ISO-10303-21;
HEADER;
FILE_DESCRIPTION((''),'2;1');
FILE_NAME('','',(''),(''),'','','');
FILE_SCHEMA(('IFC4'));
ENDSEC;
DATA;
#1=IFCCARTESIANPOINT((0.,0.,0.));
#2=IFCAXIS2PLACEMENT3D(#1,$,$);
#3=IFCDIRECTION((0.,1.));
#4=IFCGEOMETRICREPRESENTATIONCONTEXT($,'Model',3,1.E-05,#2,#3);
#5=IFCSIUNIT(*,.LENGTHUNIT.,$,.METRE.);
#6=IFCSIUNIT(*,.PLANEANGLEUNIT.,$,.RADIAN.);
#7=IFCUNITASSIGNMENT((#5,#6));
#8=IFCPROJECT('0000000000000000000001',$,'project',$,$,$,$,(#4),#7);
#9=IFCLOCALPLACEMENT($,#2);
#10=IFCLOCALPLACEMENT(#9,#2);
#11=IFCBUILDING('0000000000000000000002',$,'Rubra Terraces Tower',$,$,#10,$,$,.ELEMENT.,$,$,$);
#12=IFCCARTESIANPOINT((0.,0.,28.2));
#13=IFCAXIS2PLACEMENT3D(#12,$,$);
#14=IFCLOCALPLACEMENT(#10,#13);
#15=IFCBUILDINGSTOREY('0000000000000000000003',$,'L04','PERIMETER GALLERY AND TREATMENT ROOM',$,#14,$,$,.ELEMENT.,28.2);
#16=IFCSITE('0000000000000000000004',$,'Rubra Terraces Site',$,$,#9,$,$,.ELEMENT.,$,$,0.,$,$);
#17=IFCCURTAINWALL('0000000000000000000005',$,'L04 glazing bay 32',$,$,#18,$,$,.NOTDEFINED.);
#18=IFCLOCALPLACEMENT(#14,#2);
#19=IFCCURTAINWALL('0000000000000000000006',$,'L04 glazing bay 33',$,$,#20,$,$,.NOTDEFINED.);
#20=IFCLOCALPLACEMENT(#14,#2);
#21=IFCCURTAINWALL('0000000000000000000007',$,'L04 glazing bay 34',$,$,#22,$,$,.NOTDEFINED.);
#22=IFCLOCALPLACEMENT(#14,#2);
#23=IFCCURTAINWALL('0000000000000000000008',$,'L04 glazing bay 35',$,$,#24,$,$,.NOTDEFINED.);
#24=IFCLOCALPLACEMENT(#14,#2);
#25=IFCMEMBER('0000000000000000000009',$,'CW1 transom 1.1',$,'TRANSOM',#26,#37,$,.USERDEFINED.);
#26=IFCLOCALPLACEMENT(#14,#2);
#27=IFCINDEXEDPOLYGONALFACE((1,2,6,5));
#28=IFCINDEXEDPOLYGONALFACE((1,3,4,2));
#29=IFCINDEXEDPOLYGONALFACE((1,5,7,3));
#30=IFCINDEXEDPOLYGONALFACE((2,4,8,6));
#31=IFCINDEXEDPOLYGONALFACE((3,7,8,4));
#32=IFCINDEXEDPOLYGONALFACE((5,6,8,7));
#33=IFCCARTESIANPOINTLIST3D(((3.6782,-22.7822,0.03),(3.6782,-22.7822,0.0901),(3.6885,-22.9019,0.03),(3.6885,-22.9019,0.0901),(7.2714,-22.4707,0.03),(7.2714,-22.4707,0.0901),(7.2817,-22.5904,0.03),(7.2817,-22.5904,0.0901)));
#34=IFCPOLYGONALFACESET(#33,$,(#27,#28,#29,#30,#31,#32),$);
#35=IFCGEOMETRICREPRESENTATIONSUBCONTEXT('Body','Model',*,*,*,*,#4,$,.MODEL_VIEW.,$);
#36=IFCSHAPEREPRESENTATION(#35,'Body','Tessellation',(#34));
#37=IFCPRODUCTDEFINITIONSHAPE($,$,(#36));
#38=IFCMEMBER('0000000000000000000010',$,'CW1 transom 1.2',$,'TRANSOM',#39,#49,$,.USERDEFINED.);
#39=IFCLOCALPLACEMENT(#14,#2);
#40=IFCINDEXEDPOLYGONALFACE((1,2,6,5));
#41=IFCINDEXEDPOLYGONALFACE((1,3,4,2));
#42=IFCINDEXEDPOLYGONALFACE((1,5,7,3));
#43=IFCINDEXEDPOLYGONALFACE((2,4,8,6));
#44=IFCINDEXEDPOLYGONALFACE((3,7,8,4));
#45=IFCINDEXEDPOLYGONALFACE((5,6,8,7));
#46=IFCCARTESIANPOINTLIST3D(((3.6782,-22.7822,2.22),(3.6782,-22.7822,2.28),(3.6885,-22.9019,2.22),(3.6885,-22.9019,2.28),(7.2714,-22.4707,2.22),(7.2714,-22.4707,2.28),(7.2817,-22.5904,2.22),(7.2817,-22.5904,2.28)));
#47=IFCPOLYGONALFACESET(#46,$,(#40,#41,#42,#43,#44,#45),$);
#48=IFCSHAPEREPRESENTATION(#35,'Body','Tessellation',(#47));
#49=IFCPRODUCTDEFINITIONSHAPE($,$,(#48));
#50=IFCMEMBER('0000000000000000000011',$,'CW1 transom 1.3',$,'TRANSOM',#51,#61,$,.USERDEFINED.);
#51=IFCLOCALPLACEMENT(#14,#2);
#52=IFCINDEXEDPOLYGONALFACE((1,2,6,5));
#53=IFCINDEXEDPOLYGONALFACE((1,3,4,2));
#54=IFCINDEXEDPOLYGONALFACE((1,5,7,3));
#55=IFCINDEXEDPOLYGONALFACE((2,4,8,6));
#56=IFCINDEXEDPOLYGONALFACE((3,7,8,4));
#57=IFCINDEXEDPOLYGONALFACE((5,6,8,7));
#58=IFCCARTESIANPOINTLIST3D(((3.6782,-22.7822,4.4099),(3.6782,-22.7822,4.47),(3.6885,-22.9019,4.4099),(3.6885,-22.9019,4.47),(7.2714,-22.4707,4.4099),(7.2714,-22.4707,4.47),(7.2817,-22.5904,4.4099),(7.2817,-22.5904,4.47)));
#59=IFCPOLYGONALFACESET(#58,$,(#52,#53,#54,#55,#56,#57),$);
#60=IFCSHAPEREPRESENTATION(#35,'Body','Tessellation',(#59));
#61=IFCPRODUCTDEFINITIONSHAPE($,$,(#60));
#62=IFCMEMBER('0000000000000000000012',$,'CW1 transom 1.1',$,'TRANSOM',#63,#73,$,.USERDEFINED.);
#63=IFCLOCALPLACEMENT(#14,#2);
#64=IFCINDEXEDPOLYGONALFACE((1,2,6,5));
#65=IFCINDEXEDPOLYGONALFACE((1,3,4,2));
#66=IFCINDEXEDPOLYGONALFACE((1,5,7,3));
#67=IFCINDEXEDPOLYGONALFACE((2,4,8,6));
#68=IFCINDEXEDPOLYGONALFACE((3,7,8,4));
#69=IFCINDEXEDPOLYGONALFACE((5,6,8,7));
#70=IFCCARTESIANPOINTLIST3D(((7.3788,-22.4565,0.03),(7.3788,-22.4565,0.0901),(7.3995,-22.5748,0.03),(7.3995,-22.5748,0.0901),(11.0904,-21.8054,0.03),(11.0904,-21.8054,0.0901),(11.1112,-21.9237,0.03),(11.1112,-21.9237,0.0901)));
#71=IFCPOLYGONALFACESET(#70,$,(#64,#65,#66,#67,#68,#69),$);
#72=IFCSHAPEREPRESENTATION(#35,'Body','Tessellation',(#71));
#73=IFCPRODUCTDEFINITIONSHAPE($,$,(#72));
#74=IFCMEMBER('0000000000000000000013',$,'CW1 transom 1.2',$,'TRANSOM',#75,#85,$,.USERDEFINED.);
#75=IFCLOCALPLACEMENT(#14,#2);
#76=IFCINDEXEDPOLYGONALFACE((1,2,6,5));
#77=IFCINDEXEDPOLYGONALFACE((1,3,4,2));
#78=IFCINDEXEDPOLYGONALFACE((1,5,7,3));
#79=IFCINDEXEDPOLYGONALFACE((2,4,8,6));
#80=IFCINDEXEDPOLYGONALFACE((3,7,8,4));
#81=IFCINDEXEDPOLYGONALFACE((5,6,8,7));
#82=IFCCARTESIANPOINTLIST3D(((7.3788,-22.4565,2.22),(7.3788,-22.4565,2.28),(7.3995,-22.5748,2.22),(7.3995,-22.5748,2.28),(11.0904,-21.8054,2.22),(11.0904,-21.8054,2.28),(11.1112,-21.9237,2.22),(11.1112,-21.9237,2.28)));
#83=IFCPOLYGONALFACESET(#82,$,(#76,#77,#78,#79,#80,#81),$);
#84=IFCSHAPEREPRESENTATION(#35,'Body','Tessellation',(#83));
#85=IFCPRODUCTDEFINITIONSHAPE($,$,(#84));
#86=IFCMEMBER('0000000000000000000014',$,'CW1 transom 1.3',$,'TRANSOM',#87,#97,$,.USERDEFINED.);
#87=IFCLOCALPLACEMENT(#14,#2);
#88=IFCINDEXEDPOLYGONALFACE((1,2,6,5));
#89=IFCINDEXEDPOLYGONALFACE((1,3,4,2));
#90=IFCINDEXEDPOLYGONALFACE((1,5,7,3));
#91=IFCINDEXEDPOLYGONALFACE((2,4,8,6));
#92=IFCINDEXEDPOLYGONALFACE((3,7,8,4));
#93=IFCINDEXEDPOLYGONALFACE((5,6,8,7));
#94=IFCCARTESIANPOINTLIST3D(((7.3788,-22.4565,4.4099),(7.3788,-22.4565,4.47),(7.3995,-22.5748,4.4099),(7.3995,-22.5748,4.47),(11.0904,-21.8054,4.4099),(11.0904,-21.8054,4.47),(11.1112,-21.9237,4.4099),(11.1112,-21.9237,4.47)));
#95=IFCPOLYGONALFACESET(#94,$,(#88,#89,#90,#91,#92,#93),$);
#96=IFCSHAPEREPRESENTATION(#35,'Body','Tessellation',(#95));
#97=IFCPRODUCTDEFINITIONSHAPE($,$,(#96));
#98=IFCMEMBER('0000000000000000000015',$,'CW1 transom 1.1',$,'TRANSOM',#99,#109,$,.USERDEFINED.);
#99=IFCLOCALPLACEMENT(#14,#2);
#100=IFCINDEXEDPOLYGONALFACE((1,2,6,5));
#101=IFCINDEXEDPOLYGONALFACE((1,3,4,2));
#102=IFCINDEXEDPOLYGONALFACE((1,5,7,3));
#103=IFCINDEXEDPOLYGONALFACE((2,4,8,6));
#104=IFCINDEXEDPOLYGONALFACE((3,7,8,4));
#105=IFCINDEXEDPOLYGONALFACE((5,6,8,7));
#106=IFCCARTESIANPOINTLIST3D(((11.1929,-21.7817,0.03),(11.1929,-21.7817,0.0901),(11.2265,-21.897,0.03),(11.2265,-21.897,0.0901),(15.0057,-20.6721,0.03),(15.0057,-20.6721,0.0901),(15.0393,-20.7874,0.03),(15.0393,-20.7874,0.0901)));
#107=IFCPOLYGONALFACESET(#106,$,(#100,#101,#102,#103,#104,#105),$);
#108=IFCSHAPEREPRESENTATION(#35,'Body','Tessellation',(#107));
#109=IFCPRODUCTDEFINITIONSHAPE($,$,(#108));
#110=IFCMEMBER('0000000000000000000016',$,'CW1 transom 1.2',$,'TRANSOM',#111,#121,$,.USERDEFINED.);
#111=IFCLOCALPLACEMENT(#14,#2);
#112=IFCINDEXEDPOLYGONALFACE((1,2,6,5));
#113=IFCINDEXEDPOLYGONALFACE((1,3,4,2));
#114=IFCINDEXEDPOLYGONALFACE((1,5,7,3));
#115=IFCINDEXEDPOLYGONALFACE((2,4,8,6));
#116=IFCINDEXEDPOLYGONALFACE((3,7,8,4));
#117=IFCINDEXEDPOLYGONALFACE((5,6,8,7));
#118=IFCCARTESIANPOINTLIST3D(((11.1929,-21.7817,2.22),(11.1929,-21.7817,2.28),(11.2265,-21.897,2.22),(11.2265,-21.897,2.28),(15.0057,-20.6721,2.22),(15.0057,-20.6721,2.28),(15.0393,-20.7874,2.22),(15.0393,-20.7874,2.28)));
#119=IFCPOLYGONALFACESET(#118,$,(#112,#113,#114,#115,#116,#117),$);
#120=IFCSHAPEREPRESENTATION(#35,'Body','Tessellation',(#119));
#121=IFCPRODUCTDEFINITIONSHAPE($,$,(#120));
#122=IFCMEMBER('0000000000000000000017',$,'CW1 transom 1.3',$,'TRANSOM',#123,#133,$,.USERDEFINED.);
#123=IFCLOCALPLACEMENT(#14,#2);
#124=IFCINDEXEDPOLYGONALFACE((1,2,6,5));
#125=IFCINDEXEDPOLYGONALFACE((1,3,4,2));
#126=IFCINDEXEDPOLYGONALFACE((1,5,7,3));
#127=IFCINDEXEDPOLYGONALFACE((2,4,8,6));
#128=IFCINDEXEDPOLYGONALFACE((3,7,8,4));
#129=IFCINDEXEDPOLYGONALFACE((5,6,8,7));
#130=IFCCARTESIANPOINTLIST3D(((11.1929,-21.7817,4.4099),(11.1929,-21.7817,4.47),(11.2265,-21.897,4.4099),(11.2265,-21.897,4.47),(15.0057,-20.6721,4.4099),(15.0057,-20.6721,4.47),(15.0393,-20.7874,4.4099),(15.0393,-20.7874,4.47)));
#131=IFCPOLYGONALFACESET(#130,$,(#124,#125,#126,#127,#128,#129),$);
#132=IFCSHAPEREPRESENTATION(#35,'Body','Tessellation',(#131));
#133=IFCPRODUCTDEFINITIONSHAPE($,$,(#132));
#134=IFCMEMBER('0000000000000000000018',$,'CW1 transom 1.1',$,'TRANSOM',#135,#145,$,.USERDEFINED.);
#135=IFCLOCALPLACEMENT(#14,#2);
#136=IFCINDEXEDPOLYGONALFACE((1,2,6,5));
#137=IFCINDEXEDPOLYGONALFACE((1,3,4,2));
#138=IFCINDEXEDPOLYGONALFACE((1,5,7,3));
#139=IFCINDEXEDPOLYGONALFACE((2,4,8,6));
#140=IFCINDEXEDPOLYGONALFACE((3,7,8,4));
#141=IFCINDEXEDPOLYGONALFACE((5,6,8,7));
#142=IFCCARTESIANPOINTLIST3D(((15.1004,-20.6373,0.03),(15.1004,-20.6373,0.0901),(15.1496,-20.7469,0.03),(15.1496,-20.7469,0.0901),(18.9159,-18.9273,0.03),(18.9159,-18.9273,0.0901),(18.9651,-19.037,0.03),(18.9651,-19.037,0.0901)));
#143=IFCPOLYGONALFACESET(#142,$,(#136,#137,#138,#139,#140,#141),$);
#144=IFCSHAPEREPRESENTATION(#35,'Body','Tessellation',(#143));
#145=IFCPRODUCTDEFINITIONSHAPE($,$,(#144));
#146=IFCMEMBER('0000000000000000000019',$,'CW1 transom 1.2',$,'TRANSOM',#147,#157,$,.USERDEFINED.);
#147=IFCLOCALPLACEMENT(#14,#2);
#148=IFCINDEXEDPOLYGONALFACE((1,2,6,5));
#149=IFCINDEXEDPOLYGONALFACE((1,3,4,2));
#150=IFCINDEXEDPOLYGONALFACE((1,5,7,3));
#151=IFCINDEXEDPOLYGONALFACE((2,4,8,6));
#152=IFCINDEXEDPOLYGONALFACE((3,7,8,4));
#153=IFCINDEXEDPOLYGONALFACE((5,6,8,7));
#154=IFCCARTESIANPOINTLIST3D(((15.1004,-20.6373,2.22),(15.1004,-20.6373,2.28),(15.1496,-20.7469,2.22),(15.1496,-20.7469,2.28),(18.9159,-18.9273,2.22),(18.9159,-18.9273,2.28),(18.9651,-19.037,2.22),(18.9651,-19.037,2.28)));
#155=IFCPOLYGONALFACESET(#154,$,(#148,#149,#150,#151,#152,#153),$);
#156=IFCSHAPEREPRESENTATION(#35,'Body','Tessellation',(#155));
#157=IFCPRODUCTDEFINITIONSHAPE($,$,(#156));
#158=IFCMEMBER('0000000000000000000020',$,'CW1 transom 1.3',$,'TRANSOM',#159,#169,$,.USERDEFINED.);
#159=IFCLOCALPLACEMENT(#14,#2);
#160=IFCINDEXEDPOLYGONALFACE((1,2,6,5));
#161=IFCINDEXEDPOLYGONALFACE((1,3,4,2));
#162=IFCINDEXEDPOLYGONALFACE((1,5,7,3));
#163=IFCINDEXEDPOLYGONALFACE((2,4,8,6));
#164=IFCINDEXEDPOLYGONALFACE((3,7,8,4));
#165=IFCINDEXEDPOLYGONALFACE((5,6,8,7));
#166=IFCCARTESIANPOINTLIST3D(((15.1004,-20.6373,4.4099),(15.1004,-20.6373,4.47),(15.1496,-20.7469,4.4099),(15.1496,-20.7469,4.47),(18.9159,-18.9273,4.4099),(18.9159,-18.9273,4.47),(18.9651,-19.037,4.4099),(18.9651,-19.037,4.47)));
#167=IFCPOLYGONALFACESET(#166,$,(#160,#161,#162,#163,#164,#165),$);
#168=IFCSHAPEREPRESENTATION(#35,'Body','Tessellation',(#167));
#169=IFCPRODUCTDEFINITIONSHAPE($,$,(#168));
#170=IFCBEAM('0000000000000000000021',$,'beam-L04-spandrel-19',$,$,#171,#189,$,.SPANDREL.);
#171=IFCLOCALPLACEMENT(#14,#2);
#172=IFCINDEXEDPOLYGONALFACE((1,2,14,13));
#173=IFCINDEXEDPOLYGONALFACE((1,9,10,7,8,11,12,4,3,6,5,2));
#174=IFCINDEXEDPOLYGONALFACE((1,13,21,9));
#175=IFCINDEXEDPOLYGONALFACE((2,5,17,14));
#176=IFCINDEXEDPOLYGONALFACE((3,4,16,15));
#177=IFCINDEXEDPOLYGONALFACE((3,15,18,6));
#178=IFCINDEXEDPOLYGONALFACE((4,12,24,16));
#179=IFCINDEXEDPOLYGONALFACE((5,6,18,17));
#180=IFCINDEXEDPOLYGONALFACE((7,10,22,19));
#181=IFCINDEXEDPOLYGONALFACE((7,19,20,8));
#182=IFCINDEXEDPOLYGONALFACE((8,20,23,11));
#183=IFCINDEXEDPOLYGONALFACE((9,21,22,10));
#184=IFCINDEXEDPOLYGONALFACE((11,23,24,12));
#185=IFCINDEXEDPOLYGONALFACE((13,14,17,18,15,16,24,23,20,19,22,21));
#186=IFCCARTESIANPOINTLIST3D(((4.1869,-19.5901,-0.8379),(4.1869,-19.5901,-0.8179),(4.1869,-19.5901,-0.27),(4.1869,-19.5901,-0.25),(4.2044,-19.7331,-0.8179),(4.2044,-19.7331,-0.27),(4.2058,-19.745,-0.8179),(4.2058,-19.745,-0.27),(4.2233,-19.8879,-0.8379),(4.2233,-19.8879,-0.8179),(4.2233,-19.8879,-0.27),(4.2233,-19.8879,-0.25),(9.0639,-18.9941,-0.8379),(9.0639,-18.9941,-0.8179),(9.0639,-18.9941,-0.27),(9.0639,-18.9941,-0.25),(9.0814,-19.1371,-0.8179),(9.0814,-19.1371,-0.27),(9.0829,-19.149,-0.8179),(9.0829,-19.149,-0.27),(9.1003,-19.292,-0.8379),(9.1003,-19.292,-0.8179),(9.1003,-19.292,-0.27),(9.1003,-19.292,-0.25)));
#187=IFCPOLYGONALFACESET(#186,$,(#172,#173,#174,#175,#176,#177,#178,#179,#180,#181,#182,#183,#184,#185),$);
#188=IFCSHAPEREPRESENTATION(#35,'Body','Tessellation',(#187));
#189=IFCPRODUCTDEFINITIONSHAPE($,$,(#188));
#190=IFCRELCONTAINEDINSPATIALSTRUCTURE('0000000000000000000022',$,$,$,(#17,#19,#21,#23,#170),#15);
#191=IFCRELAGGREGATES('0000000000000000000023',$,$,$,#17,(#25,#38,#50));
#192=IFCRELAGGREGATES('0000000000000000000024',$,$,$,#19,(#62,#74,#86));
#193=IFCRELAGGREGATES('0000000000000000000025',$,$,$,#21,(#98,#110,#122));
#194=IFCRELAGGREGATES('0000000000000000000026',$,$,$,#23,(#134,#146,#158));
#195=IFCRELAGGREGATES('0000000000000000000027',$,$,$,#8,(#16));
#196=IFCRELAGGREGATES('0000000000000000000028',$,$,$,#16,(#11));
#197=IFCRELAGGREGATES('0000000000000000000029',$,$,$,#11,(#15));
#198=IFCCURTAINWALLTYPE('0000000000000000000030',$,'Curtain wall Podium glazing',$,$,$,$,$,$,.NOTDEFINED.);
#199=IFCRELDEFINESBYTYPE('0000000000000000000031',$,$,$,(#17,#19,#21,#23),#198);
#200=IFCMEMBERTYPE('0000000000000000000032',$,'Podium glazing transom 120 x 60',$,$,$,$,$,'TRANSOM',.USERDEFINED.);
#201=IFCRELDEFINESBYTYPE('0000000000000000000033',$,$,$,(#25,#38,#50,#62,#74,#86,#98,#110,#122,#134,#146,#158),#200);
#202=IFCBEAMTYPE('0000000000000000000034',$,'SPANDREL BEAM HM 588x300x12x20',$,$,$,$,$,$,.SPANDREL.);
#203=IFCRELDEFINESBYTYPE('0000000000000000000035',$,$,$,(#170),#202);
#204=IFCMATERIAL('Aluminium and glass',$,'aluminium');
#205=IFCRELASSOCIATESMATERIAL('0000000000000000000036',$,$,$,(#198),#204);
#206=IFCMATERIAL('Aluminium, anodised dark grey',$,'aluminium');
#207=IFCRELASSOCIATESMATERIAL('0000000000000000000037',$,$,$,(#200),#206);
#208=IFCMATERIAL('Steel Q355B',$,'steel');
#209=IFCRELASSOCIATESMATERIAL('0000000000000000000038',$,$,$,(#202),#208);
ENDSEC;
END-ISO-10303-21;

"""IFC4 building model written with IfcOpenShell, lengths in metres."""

from ifc_helpers import new_model, si_unit, direction, frame, origin, origin_2d, place, context, subcontext, project, spatial, rectangle, i_section, extrude, material, material_profile, profile_set, type_object, element, aggregate, save


model = new_model("IFC4")

# Units and contexts
model_context = context("Model", 3, precision=1e-05, world=origin(), true_north=direction((0.0, 1.0)))
body_context = subcontext(model_context, "Body", "Model", "MODEL_VIEW")
ifc_project = project(units=[si_unit("LENGTHUNIT", "METRE"), si_unit("PLANEANGLEUNIT", "RADIAN")], contexts=[model_context])

# Site, building, storey
site_placement = place(None, origin())
site = spatial("IfcSite", under=ifc_project, at=site_placement, Name="Rubra Terraces Site", CompositionType="ELEMENT", RefElevation=0.0)
building_placement = place(site_placement, origin())
building = spatial("IfcBuilding", under=site, at=building_placement, Name="Rubra Terraces Tower", CompositionType="ELEMENT")
storey_placement = place(building_placement, frame((0.0, 0.0, 28.2)))
storey = spatial("IfcBuildingStorey", under=building, at=storey_placement, Name="L04", Description="PERIMETER GALLERY AND TREATMENT ROOM", CompositionType="ELEMENT", Elevation=28.2)

# Shared definitions
ifc_material_1 = material(Name="Steel Q355B", Category="steel")

# Curtain walls
ifc_material_2 = material(Name="Aluminium and glass", Category="aluminium")
curtain_wall_type = type_object("IfcCurtainWallType", Name="Curtain wall Podium glazing", PredefinedType="NOTDEFINED", material=ifc_material_2)
ifc_material_3 = material(Name="Aluminium, anodised dark grey", Category="aluminium")
curtain_wall_1_placement = place(storey_placement, origin())
curtain_wall_1 = element("IfcCurtainWall", 1, at=curtain_wall_1_placement, inside=storey, type_object=curtain_wall_type, Name="L04 glazing bay 32", PredefinedType="NOTDEFINED")
curtain_wall_2_placement = place(storey_placement, origin())
curtain_wall_2 = element("IfcCurtainWall", 2, at=curtain_wall_2_placement, inside=storey, type_object=curtain_wall_type, Name="L04 glazing bay 33", PredefinedType="NOTDEFINED")
curtain_wall_3_placement = place(storey_placement, origin())
curtain_wall_3 = element("IfcCurtainWall", 3, at=curtain_wall_3_placement, inside=storey, type_object=curtain_wall_type, Name="L04 glazing bay 34", PredefinedType="NOTDEFINED")
curtain_wall_4_placement = place(storey_placement, origin())
curtain_wall_4 = element("IfcCurtainWall", 4, at=curtain_wall_4_placement, inside=storey, type_object=curtain_wall_type, Name="L04 glazing bay 35", PredefinedType="NOTDEFINED")

# Members
ifc_material_profile_1 = material_profile(ifc_material_3, rectangle(XDim=0.1201, YDim=0.0601, at=origin_2d()), Name="AL 120x60")
ifc_profile_set_1 = profile_set([ifc_material_profile_1], Name="Aluminium, anodised dark grey")
member_type_1 = type_object("IfcMemberType", Name="Podium glazing transom 120 x 60", ElementType="TRANSOM", PredefinedType="USERDEFINED", material=ifc_profile_set_1)
member_1_placement = place(storey_placement, frame((3.6833, -22.842, 0.0601), z_axis=(0.996263, 0.086373, 0.0), x_axis=(-0.086373, 0.996263, 0.0)))
member_1 = element("IfcMember", 5, at=member_1_placement, type_object=member_type_1, Name="CW1 transom 1.1", ObjectType="TRANSOM", PredefinedType="USERDEFINED", context=body_context, shape_type="SweptSolid", body=[
    extrude(rectangle(XDim=0.1201, YDim=0.0601, at=origin_2d()), origin(), (0.0, 0.0, 1.0), 3.6067),
])
member_2_placement = place(storey_placement, frame((3.6833, -22.842, 2.25), z_axis=(0.996263, 0.086373, 0.0), x_axis=(-0.086373, 0.996263, 0.0)))
member_2 = element("IfcMember", 6, at=member_2_placement, type_object=member_type_1, Name="CW1 transom 1.2", ObjectType="TRANSOM", PredefinedType="USERDEFINED", context=body_context, shape_type="SweptSolid", body=[
    extrude(rectangle(XDim=0.1201, YDim=0.0601, at=origin_2d()), origin(), (0.0, 0.0, 1.0), 3.6067),
])
member_3_placement = place(storey_placement, frame((3.6833, -22.842, 4.4399), z_axis=(0.996263, 0.086373, 0.0), x_axis=(-0.086373, 0.996263, 0.0)))
member_3 = element("IfcMember", 7, at=member_3_placement, type_object=member_type_1, Name="CW1 transom 1.3", ObjectType="TRANSOM", PredefinedType="USERDEFINED", context=body_context, shape_type="SweptSolid", body=[
    extrude(rectangle(XDim=0.1201, YDim=0.0601, at=origin_2d()), origin(), (0.0, 0.0, 1.0), 3.6067),
])
member_4_placement = place(storey_placement, frame((7.3892, -22.5156, 0.0601), z_axis=(0.984959, 0.172787, 0.0), x_axis=(-0.172787, 0.984959, 0.0)))
member_4 = element("IfcMember", 8, at=member_4_placement, type_object=member_type_1, Name="CW1 transom 1.1", ObjectType="TRANSOM", PredefinedType="USERDEFINED", context=body_context, shape_type="SweptSolid", body=[
    extrude(rectangle(XDim=0.1201, YDim=0.0601, at=origin_2d()), origin(), (0.0, 0.0, 1.0), 3.7683),
])
member_5_placement = place(storey_placement, frame((7.3892, -22.5156, 2.25), z_axis=(0.984959, 0.172787, 0.0), x_axis=(-0.172787, 0.984959, 0.0)))
member_5 = element("IfcMember", 9, at=member_5_placement, type_object=member_type_1, Name="CW1 transom 1.2", ObjectType="TRANSOM", PredefinedType="USERDEFINED", context=body_context, shape_type="SweptSolid", body=[
    extrude(rectangle(XDim=0.1201, YDim=0.0601, at=origin_2d()), origin(), (0.0, 0.0, 1.0), 3.7683),
])
member_6_placement = place(storey_placement, frame((7.3892, -22.5156, 4.4399), z_axis=(0.984959, 0.172787, 0.0), x_axis=(-0.172787, 0.984959, 0.0)))
member_6 = element("IfcMember", 10, at=member_6_placement, type_object=member_type_1, Name="CW1 transom 1.3", ObjectType="TRANSOM", PredefinedType="USERDEFINED", context=body_context, shape_type="SweptSolid", body=[
    extrude(rectangle(XDim=0.1201, YDim=0.0601, at=origin_2d()), origin(), (0.0, 0.0, 1.0), 3.7683),
])
member_7_placement = place(storey_placement, frame((11.2097, -21.8394, 0.0601), z_axis=(0.960164, 0.279436, 0.0), x_axis=(-0.279436, 0.960164, 0.0)))
member_7 = element("IfcMember", 11, at=member_7_placement, type_object=member_type_1, Name="CW1 transom 1.1", ObjectType="TRANSOM", PredefinedType="USERDEFINED", context=body_context, shape_type="SweptSolid", body=[
    extrude(rectangle(XDim=0.1201, YDim=0.0601, at=origin_2d()), origin(), (0.0, 0.0, 1.0), 3.9709),
])
member_8_placement = place(storey_placement, frame((11.2097, -21.8394, 2.25), z_axis=(0.960164, 0.279436, 0.0), x_axis=(-0.279436, 0.960164, 0.0)))
member_8 = element("IfcMember", 12, at=member_8_placement, type_object=member_type_1, Name="CW1 transom 1.2", ObjectType="TRANSOM", PredefinedType="USERDEFINED", context=body_context, shape_type="SweptSolid", body=[
    extrude(rectangle(XDim=0.1201, YDim=0.0601, at=origin_2d()), origin(), (0.0, 0.0, 1.0), 3.9709),
])
member_9_placement = place(storey_placement, frame((11.2097, -21.8394, 4.4399), z_axis=(0.960164, 0.279436, 0.0), x_axis=(-0.279436, 0.960164, 0.0)))
member_9 = element("IfcMember", 13, at=member_9_placement, type_object=member_type_1, Name="CW1 transom 1.3", ObjectType="TRANSOM", PredefinedType="USERDEFINED", context=body_context, shape_type="SweptSolid", body=[
    extrude(rectangle(XDim=0.1201, YDim=0.0601, at=origin_2d()), origin(), (0.0, 0.0, 1.0), 3.9709),
])
member_10_placement = place(storey_placement, frame((15.125, -20.6921, 0.0601), z_axis=(0.912545, 0.408975, 0.0), x_axis=(-0.408975, 0.912545, 0.0)))
member_10 = element("IfcMember", 14, at=member_10_placement, type_object=member_type_1, Name="CW1 transom 1.1", ObjectType="TRANSOM", PredefinedType="USERDEFINED", context=body_context, shape_type="SweptSolid", body=[
    extrude(rectangle(XDim=0.1201, YDim=0.0601, at=origin_2d()), origin(), (0.0, 0.0, 1.0), 4.1812),
])
member_11_placement = place(storey_placement, frame((15.125, -20.6921, 2.25), z_axis=(0.912545, 0.408975, 0.0), x_axis=(-0.408975, 0.912545, 0.0)))
member_11 = element("IfcMember", 15, at=member_11_placement, type_object=member_type_1, Name="CW1 transom 1.2", ObjectType="TRANSOM", PredefinedType="USERDEFINED", context=body_context, shape_type="SweptSolid", body=[
    extrude(rectangle(XDim=0.1201, YDim=0.0601, at=origin_2d()), origin(), (0.0, 0.0, 1.0), 4.1812),
])
member_12_placement = place(storey_placement, frame((15.125, -20.6921, 4.4399), z_axis=(0.912545, 0.408975, 0.0), x_axis=(-0.408975, 0.912545, 0.0)))
member_12 = element("IfcMember", 16, at=member_12_placement, type_object=member_type_1, Name="CW1 transom 1.3", ObjectType="TRANSOM", PredefinedType="USERDEFINED", context=body_context, shape_type="SweptSolid", body=[
    extrude(rectangle(XDim=0.1201, YDim=0.0601, at=origin_2d()), origin(), (0.0, 0.0, 1.0), 4.1812),
])

# Beam
ifc_material_profile_2 = material_profile(ifc_material_1, i_section(OverallWidth=0.3, OverallDepth=0.5879, WebThickness=0.012, FlangeThickness=0.02, at=origin_2d()), Name="HM 588x300x12x20")
ifc_profile_set_2 = profile_set([ifc_material_profile_2], Name="Steel Q355B")
beam_type_1 = type_object("IfcBeamType", Name="SPANDREL BEAM HM 588x300x12x20", PredefinedType="SPANDREL", material=ifc_profile_set_2)
beam_1_placement = place(storey_placement, frame((4.2051, -19.739, -0.5439), z_axis=(0.992617, 0.121294, 0.0), x_axis=(-0.121294, 0.992617, 0.0)))
element("IfcBeam", 17, at=beam_1_placement, inside=storey, type_object=beam_type_1, Name="beam-L04-spandrel-19", PredefinedType="SPANDREL", context=body_context, shape_type="SweptSolid", body=[
    extrude(i_section(OverallWidth=0.3, OverallDepth=0.5879, WebThickness=0.012, FlangeThickness=0.02, at=origin_2d()), origin(), (0.0, 0.0, 1.0), 4.9133),
])

aggregate(curtain_wall_1, [member_1, member_2, member_3])
aggregate(curtain_wall_2, [member_4, member_5, member_6])
aggregate(curtain_wall_3, [member_7, member_8, member_9])
aggregate(curtain_wall_4, [member_10, member_11, member_12])

save(model, "model.ifc")
